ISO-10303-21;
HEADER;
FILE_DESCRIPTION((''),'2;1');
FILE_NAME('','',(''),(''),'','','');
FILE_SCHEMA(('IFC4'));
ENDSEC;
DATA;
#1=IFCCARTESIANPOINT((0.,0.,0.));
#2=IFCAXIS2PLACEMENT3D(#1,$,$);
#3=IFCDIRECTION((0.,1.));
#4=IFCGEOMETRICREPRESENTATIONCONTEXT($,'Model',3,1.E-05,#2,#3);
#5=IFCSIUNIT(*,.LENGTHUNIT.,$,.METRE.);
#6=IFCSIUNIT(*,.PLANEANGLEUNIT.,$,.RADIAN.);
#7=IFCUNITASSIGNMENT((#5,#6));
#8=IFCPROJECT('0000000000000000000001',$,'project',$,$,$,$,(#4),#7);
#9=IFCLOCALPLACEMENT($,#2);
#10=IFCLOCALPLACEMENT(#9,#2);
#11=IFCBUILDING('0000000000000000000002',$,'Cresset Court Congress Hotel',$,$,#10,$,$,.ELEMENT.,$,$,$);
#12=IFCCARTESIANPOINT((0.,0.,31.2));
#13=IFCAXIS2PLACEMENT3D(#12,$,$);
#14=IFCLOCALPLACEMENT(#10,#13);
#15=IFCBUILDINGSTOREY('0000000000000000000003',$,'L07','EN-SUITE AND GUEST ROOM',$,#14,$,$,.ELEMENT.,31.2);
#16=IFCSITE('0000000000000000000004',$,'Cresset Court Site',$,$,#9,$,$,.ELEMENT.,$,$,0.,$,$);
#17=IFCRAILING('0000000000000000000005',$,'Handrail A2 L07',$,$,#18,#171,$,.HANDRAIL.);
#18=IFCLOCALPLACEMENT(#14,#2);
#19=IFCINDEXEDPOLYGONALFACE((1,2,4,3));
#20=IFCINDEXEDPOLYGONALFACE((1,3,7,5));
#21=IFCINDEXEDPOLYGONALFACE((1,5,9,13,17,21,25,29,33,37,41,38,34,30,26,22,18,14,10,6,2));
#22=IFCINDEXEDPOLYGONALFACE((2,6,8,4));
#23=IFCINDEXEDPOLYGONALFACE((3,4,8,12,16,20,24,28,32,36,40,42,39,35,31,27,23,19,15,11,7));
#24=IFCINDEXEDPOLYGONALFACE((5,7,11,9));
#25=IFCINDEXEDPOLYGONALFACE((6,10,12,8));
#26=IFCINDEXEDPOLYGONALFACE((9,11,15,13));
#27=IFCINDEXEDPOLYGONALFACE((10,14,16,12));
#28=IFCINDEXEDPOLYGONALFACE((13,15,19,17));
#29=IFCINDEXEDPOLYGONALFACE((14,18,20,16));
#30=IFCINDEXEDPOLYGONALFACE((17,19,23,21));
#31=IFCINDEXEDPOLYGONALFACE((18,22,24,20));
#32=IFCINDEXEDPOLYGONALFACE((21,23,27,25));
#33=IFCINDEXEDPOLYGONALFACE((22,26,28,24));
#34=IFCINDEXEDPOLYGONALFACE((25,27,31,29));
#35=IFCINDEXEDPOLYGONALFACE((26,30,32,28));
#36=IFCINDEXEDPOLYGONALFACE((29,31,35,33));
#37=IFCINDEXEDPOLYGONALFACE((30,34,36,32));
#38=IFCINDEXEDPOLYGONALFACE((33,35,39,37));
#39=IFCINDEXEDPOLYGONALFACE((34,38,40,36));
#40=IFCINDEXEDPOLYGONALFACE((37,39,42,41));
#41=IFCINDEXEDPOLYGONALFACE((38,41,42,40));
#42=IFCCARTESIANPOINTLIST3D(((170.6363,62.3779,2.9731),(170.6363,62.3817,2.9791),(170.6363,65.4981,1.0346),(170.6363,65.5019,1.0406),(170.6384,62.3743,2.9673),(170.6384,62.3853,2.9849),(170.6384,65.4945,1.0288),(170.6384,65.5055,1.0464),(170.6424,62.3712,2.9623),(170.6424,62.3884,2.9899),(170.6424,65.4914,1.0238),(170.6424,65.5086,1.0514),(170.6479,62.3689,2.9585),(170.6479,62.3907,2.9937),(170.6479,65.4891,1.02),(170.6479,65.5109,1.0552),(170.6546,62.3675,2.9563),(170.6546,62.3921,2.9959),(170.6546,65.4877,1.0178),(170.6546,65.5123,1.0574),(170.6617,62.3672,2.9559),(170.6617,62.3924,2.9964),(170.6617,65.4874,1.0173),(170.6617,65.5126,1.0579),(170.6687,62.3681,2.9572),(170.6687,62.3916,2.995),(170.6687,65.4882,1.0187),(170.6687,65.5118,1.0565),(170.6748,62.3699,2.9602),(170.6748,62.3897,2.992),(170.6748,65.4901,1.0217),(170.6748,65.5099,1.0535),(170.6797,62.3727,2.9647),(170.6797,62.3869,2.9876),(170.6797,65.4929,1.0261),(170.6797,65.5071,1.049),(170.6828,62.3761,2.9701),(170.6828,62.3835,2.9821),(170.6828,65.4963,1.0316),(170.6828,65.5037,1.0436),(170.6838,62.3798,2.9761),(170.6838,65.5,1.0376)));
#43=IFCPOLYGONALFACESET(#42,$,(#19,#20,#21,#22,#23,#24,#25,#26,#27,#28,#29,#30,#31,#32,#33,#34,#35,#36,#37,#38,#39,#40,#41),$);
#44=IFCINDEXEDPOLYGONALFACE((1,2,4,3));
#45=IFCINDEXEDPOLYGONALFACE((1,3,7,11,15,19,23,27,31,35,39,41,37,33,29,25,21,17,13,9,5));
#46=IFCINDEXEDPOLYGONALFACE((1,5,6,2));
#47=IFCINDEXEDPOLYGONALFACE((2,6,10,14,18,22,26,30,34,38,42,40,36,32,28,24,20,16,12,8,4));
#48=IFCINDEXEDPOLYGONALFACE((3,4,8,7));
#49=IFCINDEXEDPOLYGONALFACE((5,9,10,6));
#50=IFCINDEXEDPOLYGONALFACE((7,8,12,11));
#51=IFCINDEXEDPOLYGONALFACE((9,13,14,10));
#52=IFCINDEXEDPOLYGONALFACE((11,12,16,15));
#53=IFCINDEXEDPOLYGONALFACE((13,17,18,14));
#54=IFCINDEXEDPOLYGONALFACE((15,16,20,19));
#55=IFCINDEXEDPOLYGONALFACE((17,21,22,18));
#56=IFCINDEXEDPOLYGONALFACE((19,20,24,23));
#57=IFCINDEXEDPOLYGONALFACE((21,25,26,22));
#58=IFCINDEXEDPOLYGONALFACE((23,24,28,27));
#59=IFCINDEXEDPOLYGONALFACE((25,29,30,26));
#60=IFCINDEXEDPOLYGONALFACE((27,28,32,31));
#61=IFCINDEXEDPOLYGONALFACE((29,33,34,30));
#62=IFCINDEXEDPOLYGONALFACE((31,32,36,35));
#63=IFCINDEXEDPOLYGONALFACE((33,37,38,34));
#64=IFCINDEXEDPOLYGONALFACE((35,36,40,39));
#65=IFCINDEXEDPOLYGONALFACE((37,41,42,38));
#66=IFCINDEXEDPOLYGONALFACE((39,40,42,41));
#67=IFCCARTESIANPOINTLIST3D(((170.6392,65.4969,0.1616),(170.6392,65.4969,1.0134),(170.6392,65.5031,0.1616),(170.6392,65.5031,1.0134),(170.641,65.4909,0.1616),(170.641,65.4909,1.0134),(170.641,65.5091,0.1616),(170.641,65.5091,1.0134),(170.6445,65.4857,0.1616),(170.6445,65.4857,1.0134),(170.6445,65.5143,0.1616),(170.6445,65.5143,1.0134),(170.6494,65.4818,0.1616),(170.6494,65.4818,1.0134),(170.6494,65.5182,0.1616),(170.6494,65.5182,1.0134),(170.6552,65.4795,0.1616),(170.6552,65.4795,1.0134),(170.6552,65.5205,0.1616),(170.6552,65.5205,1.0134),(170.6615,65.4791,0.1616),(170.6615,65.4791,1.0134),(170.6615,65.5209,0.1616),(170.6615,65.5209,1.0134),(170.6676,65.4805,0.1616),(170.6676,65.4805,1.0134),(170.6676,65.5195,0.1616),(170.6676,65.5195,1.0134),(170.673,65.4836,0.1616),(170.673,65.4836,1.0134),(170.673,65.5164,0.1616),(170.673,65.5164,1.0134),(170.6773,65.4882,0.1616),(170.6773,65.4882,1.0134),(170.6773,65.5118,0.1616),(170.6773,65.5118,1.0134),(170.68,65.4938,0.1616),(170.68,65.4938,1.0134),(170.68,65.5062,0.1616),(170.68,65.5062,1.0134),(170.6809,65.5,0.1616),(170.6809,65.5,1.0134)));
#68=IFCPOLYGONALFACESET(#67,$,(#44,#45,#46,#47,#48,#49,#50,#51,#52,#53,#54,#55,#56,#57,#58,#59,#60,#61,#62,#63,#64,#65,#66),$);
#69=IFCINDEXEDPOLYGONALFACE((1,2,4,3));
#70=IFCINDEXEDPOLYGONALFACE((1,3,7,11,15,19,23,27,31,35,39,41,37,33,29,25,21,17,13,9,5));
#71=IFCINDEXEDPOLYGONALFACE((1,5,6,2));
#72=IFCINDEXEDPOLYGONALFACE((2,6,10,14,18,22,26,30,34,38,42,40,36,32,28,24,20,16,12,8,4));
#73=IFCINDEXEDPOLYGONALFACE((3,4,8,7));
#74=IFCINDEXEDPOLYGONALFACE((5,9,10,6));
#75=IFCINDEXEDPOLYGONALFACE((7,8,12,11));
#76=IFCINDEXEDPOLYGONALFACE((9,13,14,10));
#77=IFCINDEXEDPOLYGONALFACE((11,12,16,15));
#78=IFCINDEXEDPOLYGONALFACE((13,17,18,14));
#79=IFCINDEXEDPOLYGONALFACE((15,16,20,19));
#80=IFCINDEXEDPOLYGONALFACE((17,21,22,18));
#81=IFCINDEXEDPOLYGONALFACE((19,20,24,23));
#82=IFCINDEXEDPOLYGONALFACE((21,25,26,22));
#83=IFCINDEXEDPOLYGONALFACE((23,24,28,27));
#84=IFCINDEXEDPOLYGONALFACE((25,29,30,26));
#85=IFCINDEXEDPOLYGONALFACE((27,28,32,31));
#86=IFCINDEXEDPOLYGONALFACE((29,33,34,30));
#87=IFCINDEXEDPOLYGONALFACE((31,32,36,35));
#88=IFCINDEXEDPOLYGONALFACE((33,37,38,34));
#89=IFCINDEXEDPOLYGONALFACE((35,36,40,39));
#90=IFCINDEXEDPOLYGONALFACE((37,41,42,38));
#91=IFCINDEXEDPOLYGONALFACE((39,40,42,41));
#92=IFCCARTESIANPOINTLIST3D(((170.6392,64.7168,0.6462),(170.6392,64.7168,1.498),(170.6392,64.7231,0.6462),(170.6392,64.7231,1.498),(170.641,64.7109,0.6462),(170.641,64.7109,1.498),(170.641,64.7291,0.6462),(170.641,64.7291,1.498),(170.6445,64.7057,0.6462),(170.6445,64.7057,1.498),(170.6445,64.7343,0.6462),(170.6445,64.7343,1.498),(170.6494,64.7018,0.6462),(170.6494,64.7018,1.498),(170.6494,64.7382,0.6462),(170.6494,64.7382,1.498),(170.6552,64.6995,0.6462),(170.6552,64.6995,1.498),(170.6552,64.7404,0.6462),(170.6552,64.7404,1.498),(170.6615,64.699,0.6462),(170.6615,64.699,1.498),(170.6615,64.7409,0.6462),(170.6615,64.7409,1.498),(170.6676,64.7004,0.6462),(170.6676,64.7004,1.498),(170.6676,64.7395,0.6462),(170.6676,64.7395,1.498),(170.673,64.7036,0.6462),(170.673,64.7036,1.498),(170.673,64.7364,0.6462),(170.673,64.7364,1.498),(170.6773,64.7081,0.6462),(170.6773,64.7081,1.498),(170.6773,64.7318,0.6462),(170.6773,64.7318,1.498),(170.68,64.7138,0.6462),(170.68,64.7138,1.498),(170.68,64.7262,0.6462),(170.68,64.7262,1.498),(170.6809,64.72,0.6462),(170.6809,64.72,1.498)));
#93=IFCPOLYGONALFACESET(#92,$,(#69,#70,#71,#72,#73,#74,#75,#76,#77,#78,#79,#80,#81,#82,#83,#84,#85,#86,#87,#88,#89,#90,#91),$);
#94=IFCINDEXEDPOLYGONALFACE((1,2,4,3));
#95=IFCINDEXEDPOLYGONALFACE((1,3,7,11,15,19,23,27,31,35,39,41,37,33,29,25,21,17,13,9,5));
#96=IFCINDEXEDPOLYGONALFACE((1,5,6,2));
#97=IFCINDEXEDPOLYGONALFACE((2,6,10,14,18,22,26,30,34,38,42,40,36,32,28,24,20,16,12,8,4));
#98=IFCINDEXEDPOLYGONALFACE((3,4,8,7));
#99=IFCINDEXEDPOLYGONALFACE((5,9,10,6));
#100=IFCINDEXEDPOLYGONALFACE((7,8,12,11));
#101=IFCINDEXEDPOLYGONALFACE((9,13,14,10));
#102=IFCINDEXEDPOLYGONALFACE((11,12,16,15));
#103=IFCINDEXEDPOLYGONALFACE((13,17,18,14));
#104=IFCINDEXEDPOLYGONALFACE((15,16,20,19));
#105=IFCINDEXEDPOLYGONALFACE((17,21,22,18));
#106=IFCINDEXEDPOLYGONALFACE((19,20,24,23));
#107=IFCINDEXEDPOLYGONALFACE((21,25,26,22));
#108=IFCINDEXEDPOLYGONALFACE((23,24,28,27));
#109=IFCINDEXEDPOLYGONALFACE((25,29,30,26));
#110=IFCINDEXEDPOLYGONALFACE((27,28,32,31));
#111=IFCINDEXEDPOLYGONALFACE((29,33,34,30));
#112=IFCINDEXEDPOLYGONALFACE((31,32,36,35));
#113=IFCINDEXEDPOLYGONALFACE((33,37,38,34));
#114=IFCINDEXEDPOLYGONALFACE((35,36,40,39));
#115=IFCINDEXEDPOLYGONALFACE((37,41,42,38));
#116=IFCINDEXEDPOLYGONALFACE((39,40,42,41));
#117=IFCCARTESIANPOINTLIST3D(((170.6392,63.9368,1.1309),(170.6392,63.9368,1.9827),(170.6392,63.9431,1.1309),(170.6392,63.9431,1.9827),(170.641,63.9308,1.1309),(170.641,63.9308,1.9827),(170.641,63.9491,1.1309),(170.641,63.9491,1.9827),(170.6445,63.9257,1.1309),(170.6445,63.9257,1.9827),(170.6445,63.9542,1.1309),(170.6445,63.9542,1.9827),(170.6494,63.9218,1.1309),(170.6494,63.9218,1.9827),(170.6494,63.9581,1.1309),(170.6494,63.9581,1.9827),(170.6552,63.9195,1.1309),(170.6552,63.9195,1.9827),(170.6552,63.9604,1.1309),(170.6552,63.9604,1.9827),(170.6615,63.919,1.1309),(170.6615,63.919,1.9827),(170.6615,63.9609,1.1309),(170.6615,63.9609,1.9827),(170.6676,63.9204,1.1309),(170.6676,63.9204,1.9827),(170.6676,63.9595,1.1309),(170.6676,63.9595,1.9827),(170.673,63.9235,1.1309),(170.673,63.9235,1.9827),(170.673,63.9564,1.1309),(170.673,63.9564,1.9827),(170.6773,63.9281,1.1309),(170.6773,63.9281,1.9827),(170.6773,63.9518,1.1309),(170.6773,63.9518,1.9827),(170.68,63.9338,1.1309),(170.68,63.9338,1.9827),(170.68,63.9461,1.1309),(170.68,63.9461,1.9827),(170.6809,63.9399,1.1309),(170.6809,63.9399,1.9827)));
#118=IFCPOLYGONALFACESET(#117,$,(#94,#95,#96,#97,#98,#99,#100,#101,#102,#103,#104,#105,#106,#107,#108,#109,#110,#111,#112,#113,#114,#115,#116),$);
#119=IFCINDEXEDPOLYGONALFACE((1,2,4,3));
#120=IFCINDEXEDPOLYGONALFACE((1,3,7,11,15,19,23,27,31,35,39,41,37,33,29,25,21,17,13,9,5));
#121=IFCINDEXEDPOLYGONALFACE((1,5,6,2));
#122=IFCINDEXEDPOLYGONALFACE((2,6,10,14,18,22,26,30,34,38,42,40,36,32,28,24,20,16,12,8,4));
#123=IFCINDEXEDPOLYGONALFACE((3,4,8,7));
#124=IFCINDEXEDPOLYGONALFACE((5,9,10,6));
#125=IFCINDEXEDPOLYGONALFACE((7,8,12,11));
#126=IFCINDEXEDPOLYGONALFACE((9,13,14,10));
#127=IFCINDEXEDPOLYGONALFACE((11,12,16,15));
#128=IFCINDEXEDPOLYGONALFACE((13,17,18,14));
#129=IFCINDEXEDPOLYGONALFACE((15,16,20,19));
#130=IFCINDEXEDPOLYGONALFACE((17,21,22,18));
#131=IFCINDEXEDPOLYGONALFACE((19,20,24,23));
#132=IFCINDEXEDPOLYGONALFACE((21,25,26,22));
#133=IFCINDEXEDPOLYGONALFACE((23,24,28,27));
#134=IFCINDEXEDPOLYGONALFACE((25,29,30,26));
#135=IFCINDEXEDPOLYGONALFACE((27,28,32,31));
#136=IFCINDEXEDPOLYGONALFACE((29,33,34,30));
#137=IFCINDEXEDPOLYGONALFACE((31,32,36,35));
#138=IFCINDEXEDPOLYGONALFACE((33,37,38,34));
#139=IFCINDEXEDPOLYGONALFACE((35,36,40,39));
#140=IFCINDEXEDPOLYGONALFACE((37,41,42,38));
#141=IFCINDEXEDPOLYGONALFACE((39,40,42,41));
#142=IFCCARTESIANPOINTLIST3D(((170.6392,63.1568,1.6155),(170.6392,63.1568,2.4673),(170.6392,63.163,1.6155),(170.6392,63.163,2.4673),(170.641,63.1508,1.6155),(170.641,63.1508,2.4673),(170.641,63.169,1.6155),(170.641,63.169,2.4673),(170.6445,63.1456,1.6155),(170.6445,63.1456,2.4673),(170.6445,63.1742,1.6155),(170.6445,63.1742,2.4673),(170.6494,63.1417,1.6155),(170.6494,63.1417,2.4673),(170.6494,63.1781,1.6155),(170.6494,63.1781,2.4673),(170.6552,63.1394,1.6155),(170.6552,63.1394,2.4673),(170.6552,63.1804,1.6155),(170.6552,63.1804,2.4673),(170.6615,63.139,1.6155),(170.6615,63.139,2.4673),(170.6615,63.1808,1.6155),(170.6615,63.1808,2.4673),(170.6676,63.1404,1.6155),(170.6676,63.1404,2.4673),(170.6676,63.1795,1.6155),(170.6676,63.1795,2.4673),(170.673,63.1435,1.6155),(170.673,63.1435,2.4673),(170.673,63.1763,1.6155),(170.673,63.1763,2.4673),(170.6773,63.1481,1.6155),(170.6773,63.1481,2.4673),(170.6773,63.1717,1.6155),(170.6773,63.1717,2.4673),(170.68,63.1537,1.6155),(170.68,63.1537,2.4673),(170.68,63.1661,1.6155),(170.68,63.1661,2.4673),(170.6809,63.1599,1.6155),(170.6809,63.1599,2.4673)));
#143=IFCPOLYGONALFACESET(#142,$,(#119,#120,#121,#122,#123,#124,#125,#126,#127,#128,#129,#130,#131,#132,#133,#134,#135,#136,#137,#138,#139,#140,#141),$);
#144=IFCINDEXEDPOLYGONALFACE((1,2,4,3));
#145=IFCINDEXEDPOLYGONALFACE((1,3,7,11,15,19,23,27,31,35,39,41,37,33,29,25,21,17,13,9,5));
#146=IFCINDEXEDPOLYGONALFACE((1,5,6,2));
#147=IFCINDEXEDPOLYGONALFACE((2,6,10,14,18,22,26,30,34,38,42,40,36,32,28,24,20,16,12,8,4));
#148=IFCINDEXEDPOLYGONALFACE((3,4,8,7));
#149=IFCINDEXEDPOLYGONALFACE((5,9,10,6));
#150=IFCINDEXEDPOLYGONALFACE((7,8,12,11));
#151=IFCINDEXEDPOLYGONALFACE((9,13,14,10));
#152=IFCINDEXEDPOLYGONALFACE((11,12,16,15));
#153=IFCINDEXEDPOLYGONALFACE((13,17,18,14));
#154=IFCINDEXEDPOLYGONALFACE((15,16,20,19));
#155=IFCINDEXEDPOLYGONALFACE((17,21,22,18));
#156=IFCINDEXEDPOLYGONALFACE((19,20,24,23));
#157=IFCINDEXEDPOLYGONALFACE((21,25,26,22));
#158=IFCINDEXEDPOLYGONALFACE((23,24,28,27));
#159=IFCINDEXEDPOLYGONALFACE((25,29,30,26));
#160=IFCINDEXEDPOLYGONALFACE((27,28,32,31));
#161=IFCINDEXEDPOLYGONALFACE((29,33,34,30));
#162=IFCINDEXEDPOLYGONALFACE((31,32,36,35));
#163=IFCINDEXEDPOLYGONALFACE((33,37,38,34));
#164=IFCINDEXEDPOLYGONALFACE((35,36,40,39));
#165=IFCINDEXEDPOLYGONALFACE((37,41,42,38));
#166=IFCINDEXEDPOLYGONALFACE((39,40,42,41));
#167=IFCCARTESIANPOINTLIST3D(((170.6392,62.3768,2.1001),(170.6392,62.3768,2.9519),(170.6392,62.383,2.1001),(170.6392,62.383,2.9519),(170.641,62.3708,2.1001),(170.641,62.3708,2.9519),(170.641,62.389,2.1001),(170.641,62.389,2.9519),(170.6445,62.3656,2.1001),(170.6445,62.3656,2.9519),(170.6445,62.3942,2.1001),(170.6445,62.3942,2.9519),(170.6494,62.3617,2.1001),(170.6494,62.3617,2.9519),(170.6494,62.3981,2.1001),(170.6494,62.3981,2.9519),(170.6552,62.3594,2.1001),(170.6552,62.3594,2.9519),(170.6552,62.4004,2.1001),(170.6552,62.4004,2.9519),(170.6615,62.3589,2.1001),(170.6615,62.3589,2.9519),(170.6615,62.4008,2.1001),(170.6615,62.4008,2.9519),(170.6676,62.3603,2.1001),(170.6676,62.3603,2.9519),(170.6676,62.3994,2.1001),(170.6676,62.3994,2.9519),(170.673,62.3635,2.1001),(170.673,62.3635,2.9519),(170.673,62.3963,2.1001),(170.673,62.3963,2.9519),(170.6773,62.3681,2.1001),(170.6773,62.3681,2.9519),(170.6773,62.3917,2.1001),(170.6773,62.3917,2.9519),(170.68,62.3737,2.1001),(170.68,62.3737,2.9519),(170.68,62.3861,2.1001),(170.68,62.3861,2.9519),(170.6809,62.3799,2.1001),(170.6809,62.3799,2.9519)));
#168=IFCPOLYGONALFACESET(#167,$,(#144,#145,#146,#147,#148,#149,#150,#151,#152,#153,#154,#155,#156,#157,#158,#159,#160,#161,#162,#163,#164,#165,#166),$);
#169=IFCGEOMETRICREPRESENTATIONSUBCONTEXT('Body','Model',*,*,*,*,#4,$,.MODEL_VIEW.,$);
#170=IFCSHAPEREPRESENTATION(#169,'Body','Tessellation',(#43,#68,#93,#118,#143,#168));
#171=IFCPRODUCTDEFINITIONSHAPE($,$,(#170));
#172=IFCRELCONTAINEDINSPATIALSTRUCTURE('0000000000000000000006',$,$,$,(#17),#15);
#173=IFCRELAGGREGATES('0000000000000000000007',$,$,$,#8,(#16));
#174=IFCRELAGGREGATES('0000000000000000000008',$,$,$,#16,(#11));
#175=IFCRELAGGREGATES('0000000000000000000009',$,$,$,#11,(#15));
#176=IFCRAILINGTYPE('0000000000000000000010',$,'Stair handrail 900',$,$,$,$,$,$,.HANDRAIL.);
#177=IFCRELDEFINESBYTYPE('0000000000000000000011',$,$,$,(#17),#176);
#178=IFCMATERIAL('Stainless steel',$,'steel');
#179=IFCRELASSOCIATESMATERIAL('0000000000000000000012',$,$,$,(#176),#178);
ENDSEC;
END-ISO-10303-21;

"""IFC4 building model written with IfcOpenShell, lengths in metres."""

from ifc_helpers import new_model, si_unit, direction, frame, origin, origin_2d, place, context, subcontext, project, spatial, circle, extrude, material, type_object, element, save


model = new_model("IFC4")

# Units and contexts
model_context = context("Model", 3, precision=1e-05, world=origin(), true_north=direction((0.0, 1.0)))
body_context = subcontext(model_context, "Body", "Model", "MODEL_VIEW")
ifc_project = project(units=[si_unit("LENGTHUNIT", "METRE"), si_unit("PLANEANGLEUNIT", "RADIAN")], contexts=[model_context])

# Site, building, storey
site_placement = place(None, origin())
site = spatial("IfcSite", under=ifc_project, at=site_placement, Name="Cresset Court Site", CompositionType="ELEMENT", RefElevation=0.0)
building_placement = place(site_placement, origin())
building = spatial("IfcBuilding", under=site, at=building_placement, Name="Cresset Court Congress Hotel", CompositionType="ELEMENT")
storey_placement = place(building_placement, frame((0.0, 0.0, 31.2)))
storey = spatial("IfcBuildingStorey", under=building, at=storey_placement, Name="L07", Description="EN-SUITE AND GUEST ROOM", CompositionType="ELEMENT", Elevation=31.2)

# Railing
ifc_material_1 = material(Name="Stainless steel", Category="steel")
railing_type_1 = type_object("IfcRailingType", Name="Stair handrail 900", PredefinedType="HANDRAIL", material=ifc_material_1)
for number, where, name in (
    (1, (170.6599, 65.5, 0.1616), "Handrail A2 L07"),
):
    element("IfcRailing", number, at=place(storey_placement, frame(where)), inside=storey, type_object=railing_type_1, Name=name, PredefinedType="HANDRAIL", context=body_context, shape_type="SweptSolid", body=[
        extrude(circle(Radius=0.0239, at=origin_2d()), frame((0.0, 0.0, 0.876), z_axis=(0.0, -0.849414, 0.527727), x_axis=(1.0, 0.0, 0.0)), (0.0, 0.0, 1.0), 3.6733),
        extrude(circle(Radius=0.021, at=origin_2d()), origin(), (0.0, 0.0, 1.0), 0.8518),
        extrude(circle(Radius=0.021, at=origin_2d()), frame((0.0, -0.78, 0.4846)), (0.0, 0.0, 1.0), 0.8518),
        extrude(circle(Radius=0.021, at=origin_2d()), frame((0.0, -1.5601, 0.9692)), (0.0, 0.0, 1.0), 0.8518),
        extrude(circle(Radius=0.021, at=origin_2d()), frame((0.0, -2.3401, 1.4539)), (0.0, 0.0, 1.0), 0.8518),
        extrude(circle(Radius=0.021, at=origin_2d()), frame((0.0, -3.1201, 1.9385)), (0.0, 0.0, 1.0), 0.8518),
    ])

save(model, "model.ifc")
